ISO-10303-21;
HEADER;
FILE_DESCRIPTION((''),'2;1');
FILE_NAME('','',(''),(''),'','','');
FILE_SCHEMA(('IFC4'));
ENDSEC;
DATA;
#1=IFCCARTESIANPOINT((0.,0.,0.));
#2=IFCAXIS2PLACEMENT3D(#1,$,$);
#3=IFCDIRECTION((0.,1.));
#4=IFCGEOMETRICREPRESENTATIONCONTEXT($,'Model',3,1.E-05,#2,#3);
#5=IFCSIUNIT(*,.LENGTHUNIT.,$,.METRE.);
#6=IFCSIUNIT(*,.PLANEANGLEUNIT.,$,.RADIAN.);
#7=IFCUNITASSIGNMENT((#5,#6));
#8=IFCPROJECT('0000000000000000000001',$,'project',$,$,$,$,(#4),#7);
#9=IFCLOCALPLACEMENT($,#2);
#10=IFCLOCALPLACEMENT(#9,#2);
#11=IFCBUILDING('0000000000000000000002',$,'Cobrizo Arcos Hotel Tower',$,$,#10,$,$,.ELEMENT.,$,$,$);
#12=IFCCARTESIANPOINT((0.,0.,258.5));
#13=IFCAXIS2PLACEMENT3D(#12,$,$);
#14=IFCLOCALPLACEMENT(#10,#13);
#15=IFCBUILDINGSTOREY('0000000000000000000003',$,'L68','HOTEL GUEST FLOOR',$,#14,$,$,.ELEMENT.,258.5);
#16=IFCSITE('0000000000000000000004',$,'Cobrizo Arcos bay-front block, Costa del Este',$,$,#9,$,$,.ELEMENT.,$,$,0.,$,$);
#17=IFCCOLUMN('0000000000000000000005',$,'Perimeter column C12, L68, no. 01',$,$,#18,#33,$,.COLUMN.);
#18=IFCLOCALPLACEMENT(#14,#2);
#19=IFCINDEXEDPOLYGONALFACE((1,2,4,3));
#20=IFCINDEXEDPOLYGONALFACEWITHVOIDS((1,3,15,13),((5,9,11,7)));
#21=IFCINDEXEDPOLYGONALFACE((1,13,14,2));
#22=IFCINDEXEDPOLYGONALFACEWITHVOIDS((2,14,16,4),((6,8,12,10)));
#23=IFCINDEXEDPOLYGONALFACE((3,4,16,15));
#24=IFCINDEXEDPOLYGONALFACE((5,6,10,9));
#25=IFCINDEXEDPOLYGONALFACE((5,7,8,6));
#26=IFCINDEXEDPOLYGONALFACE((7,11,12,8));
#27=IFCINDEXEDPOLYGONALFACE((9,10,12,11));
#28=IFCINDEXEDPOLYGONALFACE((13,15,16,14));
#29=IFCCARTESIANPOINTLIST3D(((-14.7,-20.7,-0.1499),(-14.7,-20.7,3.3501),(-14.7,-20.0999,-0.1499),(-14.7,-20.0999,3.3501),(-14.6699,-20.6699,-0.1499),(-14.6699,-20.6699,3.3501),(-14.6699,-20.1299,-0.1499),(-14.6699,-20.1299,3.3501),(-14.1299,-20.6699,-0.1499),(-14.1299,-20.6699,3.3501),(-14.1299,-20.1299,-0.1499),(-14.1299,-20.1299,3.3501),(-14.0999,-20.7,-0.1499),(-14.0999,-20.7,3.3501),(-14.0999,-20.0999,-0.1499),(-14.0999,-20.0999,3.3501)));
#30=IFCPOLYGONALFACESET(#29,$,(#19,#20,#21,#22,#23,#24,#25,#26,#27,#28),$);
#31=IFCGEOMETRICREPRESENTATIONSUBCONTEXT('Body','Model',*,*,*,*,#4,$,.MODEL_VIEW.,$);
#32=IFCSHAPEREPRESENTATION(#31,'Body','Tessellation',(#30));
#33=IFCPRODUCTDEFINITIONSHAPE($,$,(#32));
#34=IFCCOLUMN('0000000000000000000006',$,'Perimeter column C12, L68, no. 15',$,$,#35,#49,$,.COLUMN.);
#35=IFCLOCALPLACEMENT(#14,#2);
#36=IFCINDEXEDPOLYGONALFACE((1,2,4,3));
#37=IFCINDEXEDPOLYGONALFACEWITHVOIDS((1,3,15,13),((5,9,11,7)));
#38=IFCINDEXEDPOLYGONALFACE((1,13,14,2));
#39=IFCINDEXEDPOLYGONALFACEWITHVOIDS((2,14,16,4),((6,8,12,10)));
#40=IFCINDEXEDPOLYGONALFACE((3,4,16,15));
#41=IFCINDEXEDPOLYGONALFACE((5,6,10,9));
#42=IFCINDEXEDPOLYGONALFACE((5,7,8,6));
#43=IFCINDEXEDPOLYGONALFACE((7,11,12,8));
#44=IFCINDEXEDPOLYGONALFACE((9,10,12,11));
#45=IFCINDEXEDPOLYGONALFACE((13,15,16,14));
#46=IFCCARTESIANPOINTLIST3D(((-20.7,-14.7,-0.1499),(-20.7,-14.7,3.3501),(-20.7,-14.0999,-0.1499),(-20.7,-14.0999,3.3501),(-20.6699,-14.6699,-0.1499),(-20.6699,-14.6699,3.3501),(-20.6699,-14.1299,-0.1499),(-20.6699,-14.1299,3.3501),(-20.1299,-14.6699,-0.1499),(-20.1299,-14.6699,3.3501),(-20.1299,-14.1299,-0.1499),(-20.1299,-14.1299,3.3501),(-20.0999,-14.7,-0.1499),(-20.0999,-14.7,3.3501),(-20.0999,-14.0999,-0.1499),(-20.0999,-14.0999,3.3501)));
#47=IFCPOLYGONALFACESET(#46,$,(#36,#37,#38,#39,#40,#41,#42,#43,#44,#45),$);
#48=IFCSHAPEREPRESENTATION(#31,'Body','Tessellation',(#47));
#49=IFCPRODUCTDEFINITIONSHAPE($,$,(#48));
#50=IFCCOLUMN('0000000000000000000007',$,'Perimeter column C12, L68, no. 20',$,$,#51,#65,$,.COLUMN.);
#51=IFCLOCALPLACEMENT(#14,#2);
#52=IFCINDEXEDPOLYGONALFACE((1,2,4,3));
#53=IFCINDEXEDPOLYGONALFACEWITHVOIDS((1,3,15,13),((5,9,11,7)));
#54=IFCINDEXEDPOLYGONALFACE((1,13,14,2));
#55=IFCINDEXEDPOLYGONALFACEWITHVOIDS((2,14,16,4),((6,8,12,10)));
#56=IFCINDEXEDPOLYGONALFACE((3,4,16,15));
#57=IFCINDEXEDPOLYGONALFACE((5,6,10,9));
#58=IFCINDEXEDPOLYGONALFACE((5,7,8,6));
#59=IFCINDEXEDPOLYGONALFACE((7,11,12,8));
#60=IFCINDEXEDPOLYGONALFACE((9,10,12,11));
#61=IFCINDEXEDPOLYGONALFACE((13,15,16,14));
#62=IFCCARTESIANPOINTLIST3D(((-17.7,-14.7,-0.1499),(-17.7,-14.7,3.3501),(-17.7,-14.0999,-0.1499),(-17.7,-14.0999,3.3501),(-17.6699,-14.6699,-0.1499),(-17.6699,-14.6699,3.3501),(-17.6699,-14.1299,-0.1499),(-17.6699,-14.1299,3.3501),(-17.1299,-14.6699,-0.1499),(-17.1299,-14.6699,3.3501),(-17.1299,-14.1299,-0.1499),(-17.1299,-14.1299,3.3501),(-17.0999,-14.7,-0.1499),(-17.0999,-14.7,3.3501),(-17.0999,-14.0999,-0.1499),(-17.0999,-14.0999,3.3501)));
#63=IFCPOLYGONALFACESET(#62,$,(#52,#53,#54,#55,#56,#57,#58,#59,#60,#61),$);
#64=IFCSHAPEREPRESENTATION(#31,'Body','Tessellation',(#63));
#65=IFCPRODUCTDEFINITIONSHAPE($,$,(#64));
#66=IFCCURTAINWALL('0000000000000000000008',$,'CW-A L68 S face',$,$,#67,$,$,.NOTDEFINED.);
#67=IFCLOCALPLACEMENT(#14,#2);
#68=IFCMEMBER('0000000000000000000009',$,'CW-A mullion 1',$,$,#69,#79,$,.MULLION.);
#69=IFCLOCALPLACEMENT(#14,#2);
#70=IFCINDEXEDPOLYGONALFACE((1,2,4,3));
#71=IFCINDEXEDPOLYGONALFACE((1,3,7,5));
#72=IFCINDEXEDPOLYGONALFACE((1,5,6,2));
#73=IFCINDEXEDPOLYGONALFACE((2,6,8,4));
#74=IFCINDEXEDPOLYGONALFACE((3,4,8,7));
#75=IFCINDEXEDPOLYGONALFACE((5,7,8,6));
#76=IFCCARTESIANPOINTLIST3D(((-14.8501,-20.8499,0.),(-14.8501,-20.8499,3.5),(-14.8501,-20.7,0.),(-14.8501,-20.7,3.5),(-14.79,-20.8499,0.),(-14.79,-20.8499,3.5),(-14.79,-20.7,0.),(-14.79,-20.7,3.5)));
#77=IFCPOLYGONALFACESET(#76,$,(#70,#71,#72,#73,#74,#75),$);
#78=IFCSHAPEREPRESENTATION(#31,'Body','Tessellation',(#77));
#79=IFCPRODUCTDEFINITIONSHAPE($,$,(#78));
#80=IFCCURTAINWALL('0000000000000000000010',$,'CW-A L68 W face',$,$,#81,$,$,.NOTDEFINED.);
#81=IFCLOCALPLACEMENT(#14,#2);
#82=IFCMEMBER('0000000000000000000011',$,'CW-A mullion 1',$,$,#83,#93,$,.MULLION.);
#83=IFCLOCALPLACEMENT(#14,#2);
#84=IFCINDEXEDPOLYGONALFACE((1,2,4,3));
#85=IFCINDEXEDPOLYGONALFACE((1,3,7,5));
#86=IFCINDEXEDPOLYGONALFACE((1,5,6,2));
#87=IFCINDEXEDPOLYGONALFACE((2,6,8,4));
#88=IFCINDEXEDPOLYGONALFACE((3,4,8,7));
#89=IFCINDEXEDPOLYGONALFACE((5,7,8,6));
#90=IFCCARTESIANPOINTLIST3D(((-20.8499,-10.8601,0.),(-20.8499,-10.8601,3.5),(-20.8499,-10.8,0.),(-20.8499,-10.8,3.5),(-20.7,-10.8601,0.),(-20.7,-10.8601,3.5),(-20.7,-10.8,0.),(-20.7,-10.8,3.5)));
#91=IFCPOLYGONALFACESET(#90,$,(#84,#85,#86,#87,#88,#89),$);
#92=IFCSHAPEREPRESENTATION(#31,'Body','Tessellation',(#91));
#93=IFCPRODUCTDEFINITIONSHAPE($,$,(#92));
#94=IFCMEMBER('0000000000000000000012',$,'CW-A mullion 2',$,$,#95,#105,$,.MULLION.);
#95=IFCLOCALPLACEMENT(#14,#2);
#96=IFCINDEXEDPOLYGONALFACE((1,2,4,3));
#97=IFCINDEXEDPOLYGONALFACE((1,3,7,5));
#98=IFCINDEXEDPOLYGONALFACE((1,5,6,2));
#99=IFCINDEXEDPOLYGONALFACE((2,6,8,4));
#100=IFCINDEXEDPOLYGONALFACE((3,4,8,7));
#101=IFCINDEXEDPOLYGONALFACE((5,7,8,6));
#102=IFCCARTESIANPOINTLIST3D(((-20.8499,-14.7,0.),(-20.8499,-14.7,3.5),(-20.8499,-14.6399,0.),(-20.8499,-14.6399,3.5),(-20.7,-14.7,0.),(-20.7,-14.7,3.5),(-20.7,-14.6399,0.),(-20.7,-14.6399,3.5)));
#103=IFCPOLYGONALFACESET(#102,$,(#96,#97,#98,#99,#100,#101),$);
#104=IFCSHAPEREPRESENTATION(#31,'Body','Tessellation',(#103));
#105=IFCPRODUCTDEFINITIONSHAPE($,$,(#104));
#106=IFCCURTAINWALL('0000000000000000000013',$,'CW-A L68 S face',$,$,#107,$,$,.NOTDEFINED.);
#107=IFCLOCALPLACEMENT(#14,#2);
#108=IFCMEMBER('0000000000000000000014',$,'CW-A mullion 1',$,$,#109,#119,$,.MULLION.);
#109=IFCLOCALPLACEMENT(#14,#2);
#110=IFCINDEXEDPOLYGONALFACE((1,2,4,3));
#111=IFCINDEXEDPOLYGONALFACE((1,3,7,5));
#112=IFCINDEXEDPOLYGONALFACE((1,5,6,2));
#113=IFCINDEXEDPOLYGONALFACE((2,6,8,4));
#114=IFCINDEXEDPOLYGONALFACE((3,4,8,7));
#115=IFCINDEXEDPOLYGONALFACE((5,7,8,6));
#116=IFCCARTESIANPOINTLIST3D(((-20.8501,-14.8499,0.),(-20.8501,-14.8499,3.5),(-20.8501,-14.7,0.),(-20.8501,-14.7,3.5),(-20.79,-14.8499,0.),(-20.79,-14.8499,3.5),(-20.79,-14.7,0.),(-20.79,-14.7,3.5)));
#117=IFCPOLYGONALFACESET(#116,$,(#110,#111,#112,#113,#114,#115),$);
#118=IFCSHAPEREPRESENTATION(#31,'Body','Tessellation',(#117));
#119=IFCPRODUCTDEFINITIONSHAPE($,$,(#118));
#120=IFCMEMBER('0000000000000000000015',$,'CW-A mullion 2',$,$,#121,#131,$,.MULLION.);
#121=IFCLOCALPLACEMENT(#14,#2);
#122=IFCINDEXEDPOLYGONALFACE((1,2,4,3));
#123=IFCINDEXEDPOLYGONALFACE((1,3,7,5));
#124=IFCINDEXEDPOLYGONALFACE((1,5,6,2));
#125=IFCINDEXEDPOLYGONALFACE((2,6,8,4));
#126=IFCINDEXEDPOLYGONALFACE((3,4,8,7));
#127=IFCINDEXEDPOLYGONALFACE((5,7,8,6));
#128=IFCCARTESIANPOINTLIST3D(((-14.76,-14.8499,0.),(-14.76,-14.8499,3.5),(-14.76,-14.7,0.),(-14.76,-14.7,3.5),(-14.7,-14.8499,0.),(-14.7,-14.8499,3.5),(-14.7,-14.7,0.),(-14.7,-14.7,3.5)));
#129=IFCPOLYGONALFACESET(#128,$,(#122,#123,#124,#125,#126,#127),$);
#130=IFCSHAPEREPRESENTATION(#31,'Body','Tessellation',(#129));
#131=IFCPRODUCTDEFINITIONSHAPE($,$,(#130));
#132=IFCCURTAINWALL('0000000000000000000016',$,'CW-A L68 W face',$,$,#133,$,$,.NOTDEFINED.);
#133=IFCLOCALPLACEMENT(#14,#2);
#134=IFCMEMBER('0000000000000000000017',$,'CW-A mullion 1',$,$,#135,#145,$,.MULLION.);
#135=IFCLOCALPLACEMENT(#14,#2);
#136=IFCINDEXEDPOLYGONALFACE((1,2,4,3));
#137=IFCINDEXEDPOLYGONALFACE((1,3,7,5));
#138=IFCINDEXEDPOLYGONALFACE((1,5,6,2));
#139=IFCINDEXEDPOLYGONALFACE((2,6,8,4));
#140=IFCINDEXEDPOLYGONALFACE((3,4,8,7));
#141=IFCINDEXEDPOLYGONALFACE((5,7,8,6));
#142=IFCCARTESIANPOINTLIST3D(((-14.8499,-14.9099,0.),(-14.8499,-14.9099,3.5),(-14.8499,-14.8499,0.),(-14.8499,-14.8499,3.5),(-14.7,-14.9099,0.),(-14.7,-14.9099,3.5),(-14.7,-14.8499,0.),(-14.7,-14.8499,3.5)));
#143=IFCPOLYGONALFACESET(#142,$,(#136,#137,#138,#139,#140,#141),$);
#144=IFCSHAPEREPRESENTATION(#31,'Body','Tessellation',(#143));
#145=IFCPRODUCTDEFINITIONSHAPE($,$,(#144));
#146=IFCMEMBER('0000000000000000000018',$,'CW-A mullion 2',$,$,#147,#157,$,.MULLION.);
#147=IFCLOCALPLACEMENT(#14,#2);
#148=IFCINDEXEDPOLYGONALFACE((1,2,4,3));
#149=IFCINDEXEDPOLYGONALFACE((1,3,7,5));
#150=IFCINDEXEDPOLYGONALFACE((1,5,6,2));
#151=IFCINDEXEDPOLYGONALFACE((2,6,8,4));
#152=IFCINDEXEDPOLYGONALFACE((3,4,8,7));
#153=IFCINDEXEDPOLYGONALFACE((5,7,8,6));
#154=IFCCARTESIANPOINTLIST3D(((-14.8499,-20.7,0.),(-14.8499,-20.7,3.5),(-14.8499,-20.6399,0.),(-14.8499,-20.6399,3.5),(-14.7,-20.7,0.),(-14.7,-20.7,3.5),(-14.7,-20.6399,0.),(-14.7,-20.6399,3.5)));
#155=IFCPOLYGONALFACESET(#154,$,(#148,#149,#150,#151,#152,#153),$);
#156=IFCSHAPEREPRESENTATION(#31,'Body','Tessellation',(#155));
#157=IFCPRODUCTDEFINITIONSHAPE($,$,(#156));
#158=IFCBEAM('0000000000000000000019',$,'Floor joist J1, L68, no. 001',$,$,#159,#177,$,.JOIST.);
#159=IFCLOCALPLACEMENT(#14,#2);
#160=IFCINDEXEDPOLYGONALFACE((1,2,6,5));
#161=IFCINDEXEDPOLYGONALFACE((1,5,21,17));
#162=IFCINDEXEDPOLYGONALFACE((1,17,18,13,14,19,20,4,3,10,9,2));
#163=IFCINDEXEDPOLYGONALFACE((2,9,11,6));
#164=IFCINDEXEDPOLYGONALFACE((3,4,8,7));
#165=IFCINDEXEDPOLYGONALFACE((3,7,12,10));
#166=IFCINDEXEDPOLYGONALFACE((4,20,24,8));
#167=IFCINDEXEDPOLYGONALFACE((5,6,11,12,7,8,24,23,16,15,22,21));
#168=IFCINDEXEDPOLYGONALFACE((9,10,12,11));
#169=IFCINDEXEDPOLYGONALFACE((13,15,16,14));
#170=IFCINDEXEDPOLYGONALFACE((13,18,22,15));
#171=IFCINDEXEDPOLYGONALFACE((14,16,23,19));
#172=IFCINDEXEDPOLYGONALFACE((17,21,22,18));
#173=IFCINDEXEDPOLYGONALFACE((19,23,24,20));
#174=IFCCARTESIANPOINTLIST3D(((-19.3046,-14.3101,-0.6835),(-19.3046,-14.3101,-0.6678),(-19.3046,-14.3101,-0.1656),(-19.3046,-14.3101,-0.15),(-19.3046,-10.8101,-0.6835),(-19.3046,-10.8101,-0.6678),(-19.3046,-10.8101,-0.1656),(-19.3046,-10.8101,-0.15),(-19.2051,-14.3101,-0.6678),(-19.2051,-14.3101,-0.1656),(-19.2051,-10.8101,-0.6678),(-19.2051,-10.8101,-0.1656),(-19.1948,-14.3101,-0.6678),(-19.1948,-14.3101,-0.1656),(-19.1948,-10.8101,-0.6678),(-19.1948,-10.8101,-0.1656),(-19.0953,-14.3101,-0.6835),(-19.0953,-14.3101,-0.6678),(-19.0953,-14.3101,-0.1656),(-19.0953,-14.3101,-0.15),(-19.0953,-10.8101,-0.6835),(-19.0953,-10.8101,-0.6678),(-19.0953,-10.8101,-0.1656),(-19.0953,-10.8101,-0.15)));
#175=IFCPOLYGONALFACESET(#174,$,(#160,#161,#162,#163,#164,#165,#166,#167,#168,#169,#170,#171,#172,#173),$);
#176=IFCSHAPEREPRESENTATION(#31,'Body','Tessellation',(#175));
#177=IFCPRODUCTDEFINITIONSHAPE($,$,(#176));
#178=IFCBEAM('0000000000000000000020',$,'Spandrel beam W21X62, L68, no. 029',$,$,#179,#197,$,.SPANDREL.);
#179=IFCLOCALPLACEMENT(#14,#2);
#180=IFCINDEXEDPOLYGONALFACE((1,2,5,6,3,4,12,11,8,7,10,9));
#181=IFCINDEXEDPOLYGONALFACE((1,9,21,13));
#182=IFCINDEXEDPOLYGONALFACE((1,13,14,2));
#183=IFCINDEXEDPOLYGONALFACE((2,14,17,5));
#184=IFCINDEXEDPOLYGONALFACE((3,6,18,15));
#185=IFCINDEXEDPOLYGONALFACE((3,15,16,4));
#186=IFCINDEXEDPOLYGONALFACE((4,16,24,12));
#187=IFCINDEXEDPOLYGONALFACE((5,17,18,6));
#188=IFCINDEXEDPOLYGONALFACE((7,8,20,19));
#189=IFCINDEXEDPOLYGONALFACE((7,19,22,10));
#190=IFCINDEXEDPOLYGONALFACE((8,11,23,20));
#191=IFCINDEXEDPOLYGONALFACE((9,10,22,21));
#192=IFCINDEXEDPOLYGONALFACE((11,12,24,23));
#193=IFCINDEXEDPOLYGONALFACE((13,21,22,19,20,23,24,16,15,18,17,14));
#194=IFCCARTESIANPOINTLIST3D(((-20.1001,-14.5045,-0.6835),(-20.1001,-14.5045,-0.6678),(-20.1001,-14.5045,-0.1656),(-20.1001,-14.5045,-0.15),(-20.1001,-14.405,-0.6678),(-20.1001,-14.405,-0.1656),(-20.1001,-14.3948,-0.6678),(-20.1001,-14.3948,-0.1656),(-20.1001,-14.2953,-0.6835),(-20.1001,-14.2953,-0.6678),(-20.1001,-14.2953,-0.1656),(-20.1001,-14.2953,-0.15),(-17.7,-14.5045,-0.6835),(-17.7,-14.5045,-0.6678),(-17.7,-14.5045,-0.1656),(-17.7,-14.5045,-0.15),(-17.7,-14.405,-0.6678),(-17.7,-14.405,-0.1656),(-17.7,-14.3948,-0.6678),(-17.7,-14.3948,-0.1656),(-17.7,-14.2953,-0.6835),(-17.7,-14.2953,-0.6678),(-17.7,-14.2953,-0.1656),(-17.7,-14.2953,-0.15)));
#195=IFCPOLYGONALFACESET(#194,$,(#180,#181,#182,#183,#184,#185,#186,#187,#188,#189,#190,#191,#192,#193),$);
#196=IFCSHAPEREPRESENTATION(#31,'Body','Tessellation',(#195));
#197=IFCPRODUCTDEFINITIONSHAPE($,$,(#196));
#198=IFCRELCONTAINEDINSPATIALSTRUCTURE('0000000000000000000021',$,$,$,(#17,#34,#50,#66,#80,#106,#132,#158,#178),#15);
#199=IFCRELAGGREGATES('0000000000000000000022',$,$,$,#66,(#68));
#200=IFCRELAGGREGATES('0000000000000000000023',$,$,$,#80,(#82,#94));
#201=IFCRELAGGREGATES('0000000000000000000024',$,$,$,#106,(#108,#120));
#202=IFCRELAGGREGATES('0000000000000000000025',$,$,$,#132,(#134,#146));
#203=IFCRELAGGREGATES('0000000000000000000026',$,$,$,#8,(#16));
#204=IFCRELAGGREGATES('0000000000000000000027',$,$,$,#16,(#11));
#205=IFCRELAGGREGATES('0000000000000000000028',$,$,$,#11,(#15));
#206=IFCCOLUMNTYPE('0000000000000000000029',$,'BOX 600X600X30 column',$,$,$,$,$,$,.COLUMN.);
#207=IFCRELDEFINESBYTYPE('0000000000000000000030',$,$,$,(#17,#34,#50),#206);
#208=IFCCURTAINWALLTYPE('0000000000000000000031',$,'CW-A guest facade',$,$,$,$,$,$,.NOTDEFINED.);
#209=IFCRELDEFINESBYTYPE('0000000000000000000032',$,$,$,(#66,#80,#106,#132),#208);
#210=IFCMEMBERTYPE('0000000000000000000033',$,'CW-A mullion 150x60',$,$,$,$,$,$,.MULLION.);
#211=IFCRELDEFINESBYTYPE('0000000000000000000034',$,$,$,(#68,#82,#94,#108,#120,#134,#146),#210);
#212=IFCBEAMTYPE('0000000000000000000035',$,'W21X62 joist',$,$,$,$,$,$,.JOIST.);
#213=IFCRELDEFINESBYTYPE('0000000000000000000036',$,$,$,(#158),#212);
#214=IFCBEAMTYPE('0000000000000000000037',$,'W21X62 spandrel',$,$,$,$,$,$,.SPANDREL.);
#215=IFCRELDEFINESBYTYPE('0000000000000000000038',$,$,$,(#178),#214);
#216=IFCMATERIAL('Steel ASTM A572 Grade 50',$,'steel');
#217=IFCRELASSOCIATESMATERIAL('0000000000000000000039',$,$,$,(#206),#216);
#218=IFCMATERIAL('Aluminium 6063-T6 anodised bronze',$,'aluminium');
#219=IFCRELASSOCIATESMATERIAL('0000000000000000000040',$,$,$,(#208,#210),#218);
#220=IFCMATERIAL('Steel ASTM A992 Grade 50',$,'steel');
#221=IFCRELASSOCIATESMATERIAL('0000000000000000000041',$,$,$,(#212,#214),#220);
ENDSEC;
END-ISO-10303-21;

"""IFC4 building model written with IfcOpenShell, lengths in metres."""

from ifc_helpers import new_model, si_unit, direction, frame, origin, origin_2d, place, context, subcontext, project, spatial, rectangle, hollow_rectangle, i_section, extrude, material, material_profile, profile_set, type_object, element, aggregate, save


model = new_model("IFC4")

# Units and contexts
model_context = context("Model", 3, precision=1e-05, world=origin(), true_north=direction((0.0, 1.0)))
body_context = subcontext(model_context, "Body", "Model", "MODEL_VIEW")
ifc_project = project(units=[si_unit("LENGTHUNIT", "METRE"), si_unit("PLANEANGLEUNIT", "RADIAN")], contexts=[model_context])

# Site, building, storey
site_placement = place(None, origin())
site = spatial("IfcSite", under=ifc_project, at=site_placement, Name="Cobrizo Arcos bay-front block, Costa del Este", CompositionType="ELEMENT", RefElevation=0.0)
building_placement = place(site_placement, origin())
building = spatial("IfcBuilding", under=site, at=building_placement, Name="Cobrizo Arcos Hotel Tower", CompositionType="ELEMENT")
storey_placement = place(building_placement, frame((0.0, 0.0, 258.5)))
storey = spatial("IfcBuildingStorey", under=building, at=storey_placement, Name="L68", Description="HOTEL GUEST FLOOR", CompositionType="ELEMENT", Elevation=258.5)

# Columns
ifc_material_1 = material(Name="Steel ASTM A572 Grade 50", Category="steel")
ifc_material_profile_1 = material_profile(ifc_material_1, hollow_rectangle(XDim=0.6001, YDim=0.6001, WallThickness=0.03, at=origin_2d()), Name="BOX 600X600X30")
ifc_profile_set_1 = profile_set([ifc_material_profile_1], Name="Steel ASTM A572 Grade 50")
column_type = type_object("IfcColumnType", Name="BOX 600X600X30 column", PredefinedType="COLUMN", material=ifc_profile_set_1)
for number, where, z_axis, x_axis, name in (
    (1, (-14.3999, -20.3999, -0.1499), (0.0, 0.0, 1.0), (1.0, 0.0, 0.0), "Perimeter column C12, L68, no. 01"),
    (2, (-20.3999, -14.3999, -0.1499), (0.0, 0.0, 1.0), (1.0, 0.0, 0.0), "Perimeter column C12, L68, no. 15"),
    (3, (-17.3999, -14.3999, -0.1499), (0.0, 0.0, 1.0), (1.0, 0.0, 0.0), "Perimeter column C12, L68, no. 20"),
):
    element("IfcColumn", number, at=place(storey_placement, frame(where, z_axis=z_axis, x_axis=x_axis)), inside=storey, type_object=column_type, Name=name, PredefinedType="COLUMN", context=body_context, shape_type="SweptSolid", body=[
        extrude(hollow_rectangle(XDim=0.6001, YDim=0.6001, WallThickness=0.03, at=origin_2d()), origin(), (0.0, 0.0, 1.0), 3.5),
    ])

# Curtain wall, member
ifc_material_2 = material(Name="Aluminium 6063-T6 anodised bronze", Category="aluminium")
curtain_wall_type = type_object("IfcCurtainWallType", Name="CW-A guest facade", PredefinedType="NOTDEFINED", material=ifc_material_2)
curtain_wall_1_placement = place(storey_placement, origin())
curtain_wall_1 = element("IfcCurtainWall", 4, at=curtain_wall_1_placement, inside=storey, type_object=curtain_wall_type, Name="CW-A L68 S face", PredefinedType="NOTDEFINED")
ifc_material_profile_2 = material_profile(ifc_material_2, rectangle(XDim=0.1499, YDim=0.0601, at=origin_2d()), Name="CW-A mullion 150x60")
ifc_profile_set_2 = profile_set([ifc_material_profile_2], Name="Aluminium 6063-T6 anodised bronze")
member_type = type_object("IfcMemberType", Name="CW-A mullion 150x60", PredefinedType="MULLION", material=ifc_profile_set_2)
member_1_placement = place(storey_placement, frame((-14.8201, -20.7749, 0.0), z_axis=(0.0, 0.0, 1.0), x_axis=(0.0, -1.0, 0.0)))
member_1 = element("IfcMember", 5, at=member_1_placement, type_object=member_type, Name="CW-A mullion 1", PredefinedType="MULLION", context=body_context, shape_type="SweptSolid", body=[
    extrude(rectangle(XDim=0.1499, YDim=0.0601, at=origin_2d()), origin(), (0.0, 0.0, 1.0), 3.5),
])
aggregate(curtain_wall_1, [member_1])

# Curtain walls, members
curtain_wall_2_placement = place(storey_placement, origin())
curtain_wall_2 = element("IfcCurtainWall", 6, at=curtain_wall_2_placement, inside=storey, type_object=curtain_wall_type, Name="CW-A L68 W face", PredefinedType="NOTDEFINED")
member_2_placement = place(storey_placement, frame((-20.7749, -10.8301, 0.0), z_axis=(0.0, 0.0, 1.0), x_axis=(-1.0, 0.0, 0.0)))
member_2 = element("IfcMember", 7, at=member_2_placement, type_object=member_type, Name="CW-A mullion 1", PredefinedType="MULLION", context=body_context, shape_type="SweptSolid", body=[
    extrude(rectangle(XDim=0.1499, YDim=0.0601, at=origin_2d()), origin(), (0.0, 0.0, 1.0), 3.5),
])
member_3_placement = place(storey_placement, frame((-20.7749, -14.6699, 0.0), z_axis=(0.0, 0.0, 1.0), x_axis=(-1.0, 0.0, 0.0)))
member_3 = element("IfcMember", 8, at=member_3_placement, type_object=member_type, Name="CW-A mullion 2", PredefinedType="MULLION", context=body_context, shape_type="SweptSolid", body=[
    extrude(rectangle(XDim=0.1499, YDim=0.0601, at=origin_2d()), origin(), (0.0, 0.0, 1.0), 3.5),
])
curtain_wall_3_placement = place(storey_placement, origin())
curtain_wall_3 = element("IfcCurtainWall", 9, at=curtain_wall_3_placement, inside=storey, type_object=curtain_wall_type, Name="CW-A L68 S face", PredefinedType="NOTDEFINED")
member_4_placement = place(storey_placement, frame((-20.8201, -14.7749, 0.0), z_axis=(0.0, 0.0, 1.0), x_axis=(0.0, -1.0, 0.0)))
member_4 = element("IfcMember", 10, at=member_4_placement, type_object=member_type, Name="CW-A mullion 1", PredefinedType="MULLION", context=body_context, shape_type="SweptSolid", body=[
    extrude(rectangle(XDim=0.1499, YDim=0.0601, at=origin_2d()), origin(), (0.0, 0.0, 1.0), 3.5),
])
member_5_placement = place(storey_placement, frame((-14.73, -14.7749, 0.0), z_axis=(0.0, 0.0, 1.0), x_axis=(0.0, -1.0, 0.0)))
member_5 = element("IfcMember", 11, at=member_5_placement, type_object=member_type, Name="CW-A mullion 2", PredefinedType="MULLION", context=body_context, shape_type="SweptSolid", body=[
    extrude(rectangle(XDim=0.1499, YDim=0.0601, at=origin_2d()), origin(), (0.0, 0.0, 1.0), 3.5),
])
curtain_wall_4_placement = place(storey_placement, origin())
curtain_wall_4 = element("IfcCurtainWall", 12, at=curtain_wall_4_placement, inside=storey, type_object=curtain_wall_type, Name="CW-A L68 W face", PredefinedType="NOTDEFINED")
member_6_placement = place(storey_placement, frame((-14.7749, -14.8799, 0.0), z_axis=(0.0, 0.0, 1.0), x_axis=(-1.0, 0.0, 0.0)))
member_6 = element("IfcMember", 13, at=member_6_placement, type_object=member_type, Name="CW-A mullion 1", PredefinedType="MULLION", context=body_context, shape_type="SweptSolid", body=[
    extrude(rectangle(XDim=0.1499, YDim=0.0601, at=origin_2d()), origin(), (0.0, 0.0, 1.0), 3.5),
])
member_7_placement = place(storey_placement, frame((-14.7749, -20.6699, 0.0), z_axis=(0.0, 0.0, 1.0), x_axis=(-1.0, 0.0, 0.0)))
member_7 = element("IfcMember", 14, at=member_7_placement, type_object=member_type, Name="CW-A mullion 2", PredefinedType="MULLION", context=body_context, shape_type="SweptSolid", body=[
    extrude(rectangle(XDim=0.1499, YDim=0.0601, at=origin_2d()), origin(), (0.0, 0.0, 1.0), 3.5),
])

# Beams
ifc_material_3 = material(Name="Steel ASTM A992 Grade 50", Category="steel")
ifc_material_profile_3 = material_profile(ifc_material_3, i_section(OverallWidth=0.2092, OverallDepth=0.5334, WebThickness=0.0103, FlangeThickness=0.0156, at=origin_2d()), Name="W21X62")
ifc_profile_set_3 = profile_set([ifc_material_profile_3], Name="Steel ASTM A992 Grade 50")
beam_type_1 = type_object("IfcBeamType", Name="W21X62 joist", PredefinedType="JOIST", material=ifc_profile_set_3)
beam_placement = place(storey_placement, frame((-19.2, -14.3101, -0.4167), z_axis=(0.0, 1.0, 0.0), x_axis=(-1.0, 0.0, 0.0)))
element("IfcBeam", 15, at=beam_placement, inside=storey, type_object=beam_type_1, Name="Floor joist J1, L68, no. 001", PredefinedType="JOIST", context=body_context, shape_type="SweptSolid", body=[
    extrude(i_section(OverallWidth=0.2092, OverallDepth=0.5334, WebThickness=0.0103, FlangeThickness=0.0156, at=origin_2d()), origin(), (0.0, 0.0, 1.0), 3.5),
])
ifc_material_profile_4 = material_profile(ifc_material_3, i_section(OverallWidth=0.2092, OverallDepth=0.5334, WebThickness=0.0103, FlangeThickness=0.0156, at=origin_2d()), Name="W21X62")
ifc_profile_set_4 = profile_set([ifc_material_profile_4], Name="Steel ASTM A992 Grade 50")
beam_type_2 = type_object("IfcBeamType", Name="W21X62 spandrel", PredefinedType="SPANDREL", material=ifc_profile_set_4)
for number, where, z_axis, x_axis, name in (
    (16, (-20.1001, -14.3999, -0.4167), (1.0, 0.0, 0.0), (0.0, 1.0, 0.0), "Spandrel beam W21X62, L68, no. 029"),
):
    element("IfcBeam", number, at=place(storey_placement, frame(where, z_axis=z_axis, x_axis=x_axis)), inside=storey, type_object=beam_type_2, Name=name, PredefinedType="SPANDREL", context=body_context, shape_type="SweptSolid", body=[
        extrude(i_section(OverallWidth=0.2092, OverallDepth=0.5334, WebThickness=0.0103, FlangeThickness=0.0156, at=origin_2d()), origin(), (0.0, 0.0, 1.0), 2.4001),
    ])

aggregate(curtain_wall_2, [member_2, member_3])
aggregate(curtain_wall_3, [member_4, member_5])
aggregate(curtain_wall_4, [member_6, member_7])

save(model, "model.ifc")
